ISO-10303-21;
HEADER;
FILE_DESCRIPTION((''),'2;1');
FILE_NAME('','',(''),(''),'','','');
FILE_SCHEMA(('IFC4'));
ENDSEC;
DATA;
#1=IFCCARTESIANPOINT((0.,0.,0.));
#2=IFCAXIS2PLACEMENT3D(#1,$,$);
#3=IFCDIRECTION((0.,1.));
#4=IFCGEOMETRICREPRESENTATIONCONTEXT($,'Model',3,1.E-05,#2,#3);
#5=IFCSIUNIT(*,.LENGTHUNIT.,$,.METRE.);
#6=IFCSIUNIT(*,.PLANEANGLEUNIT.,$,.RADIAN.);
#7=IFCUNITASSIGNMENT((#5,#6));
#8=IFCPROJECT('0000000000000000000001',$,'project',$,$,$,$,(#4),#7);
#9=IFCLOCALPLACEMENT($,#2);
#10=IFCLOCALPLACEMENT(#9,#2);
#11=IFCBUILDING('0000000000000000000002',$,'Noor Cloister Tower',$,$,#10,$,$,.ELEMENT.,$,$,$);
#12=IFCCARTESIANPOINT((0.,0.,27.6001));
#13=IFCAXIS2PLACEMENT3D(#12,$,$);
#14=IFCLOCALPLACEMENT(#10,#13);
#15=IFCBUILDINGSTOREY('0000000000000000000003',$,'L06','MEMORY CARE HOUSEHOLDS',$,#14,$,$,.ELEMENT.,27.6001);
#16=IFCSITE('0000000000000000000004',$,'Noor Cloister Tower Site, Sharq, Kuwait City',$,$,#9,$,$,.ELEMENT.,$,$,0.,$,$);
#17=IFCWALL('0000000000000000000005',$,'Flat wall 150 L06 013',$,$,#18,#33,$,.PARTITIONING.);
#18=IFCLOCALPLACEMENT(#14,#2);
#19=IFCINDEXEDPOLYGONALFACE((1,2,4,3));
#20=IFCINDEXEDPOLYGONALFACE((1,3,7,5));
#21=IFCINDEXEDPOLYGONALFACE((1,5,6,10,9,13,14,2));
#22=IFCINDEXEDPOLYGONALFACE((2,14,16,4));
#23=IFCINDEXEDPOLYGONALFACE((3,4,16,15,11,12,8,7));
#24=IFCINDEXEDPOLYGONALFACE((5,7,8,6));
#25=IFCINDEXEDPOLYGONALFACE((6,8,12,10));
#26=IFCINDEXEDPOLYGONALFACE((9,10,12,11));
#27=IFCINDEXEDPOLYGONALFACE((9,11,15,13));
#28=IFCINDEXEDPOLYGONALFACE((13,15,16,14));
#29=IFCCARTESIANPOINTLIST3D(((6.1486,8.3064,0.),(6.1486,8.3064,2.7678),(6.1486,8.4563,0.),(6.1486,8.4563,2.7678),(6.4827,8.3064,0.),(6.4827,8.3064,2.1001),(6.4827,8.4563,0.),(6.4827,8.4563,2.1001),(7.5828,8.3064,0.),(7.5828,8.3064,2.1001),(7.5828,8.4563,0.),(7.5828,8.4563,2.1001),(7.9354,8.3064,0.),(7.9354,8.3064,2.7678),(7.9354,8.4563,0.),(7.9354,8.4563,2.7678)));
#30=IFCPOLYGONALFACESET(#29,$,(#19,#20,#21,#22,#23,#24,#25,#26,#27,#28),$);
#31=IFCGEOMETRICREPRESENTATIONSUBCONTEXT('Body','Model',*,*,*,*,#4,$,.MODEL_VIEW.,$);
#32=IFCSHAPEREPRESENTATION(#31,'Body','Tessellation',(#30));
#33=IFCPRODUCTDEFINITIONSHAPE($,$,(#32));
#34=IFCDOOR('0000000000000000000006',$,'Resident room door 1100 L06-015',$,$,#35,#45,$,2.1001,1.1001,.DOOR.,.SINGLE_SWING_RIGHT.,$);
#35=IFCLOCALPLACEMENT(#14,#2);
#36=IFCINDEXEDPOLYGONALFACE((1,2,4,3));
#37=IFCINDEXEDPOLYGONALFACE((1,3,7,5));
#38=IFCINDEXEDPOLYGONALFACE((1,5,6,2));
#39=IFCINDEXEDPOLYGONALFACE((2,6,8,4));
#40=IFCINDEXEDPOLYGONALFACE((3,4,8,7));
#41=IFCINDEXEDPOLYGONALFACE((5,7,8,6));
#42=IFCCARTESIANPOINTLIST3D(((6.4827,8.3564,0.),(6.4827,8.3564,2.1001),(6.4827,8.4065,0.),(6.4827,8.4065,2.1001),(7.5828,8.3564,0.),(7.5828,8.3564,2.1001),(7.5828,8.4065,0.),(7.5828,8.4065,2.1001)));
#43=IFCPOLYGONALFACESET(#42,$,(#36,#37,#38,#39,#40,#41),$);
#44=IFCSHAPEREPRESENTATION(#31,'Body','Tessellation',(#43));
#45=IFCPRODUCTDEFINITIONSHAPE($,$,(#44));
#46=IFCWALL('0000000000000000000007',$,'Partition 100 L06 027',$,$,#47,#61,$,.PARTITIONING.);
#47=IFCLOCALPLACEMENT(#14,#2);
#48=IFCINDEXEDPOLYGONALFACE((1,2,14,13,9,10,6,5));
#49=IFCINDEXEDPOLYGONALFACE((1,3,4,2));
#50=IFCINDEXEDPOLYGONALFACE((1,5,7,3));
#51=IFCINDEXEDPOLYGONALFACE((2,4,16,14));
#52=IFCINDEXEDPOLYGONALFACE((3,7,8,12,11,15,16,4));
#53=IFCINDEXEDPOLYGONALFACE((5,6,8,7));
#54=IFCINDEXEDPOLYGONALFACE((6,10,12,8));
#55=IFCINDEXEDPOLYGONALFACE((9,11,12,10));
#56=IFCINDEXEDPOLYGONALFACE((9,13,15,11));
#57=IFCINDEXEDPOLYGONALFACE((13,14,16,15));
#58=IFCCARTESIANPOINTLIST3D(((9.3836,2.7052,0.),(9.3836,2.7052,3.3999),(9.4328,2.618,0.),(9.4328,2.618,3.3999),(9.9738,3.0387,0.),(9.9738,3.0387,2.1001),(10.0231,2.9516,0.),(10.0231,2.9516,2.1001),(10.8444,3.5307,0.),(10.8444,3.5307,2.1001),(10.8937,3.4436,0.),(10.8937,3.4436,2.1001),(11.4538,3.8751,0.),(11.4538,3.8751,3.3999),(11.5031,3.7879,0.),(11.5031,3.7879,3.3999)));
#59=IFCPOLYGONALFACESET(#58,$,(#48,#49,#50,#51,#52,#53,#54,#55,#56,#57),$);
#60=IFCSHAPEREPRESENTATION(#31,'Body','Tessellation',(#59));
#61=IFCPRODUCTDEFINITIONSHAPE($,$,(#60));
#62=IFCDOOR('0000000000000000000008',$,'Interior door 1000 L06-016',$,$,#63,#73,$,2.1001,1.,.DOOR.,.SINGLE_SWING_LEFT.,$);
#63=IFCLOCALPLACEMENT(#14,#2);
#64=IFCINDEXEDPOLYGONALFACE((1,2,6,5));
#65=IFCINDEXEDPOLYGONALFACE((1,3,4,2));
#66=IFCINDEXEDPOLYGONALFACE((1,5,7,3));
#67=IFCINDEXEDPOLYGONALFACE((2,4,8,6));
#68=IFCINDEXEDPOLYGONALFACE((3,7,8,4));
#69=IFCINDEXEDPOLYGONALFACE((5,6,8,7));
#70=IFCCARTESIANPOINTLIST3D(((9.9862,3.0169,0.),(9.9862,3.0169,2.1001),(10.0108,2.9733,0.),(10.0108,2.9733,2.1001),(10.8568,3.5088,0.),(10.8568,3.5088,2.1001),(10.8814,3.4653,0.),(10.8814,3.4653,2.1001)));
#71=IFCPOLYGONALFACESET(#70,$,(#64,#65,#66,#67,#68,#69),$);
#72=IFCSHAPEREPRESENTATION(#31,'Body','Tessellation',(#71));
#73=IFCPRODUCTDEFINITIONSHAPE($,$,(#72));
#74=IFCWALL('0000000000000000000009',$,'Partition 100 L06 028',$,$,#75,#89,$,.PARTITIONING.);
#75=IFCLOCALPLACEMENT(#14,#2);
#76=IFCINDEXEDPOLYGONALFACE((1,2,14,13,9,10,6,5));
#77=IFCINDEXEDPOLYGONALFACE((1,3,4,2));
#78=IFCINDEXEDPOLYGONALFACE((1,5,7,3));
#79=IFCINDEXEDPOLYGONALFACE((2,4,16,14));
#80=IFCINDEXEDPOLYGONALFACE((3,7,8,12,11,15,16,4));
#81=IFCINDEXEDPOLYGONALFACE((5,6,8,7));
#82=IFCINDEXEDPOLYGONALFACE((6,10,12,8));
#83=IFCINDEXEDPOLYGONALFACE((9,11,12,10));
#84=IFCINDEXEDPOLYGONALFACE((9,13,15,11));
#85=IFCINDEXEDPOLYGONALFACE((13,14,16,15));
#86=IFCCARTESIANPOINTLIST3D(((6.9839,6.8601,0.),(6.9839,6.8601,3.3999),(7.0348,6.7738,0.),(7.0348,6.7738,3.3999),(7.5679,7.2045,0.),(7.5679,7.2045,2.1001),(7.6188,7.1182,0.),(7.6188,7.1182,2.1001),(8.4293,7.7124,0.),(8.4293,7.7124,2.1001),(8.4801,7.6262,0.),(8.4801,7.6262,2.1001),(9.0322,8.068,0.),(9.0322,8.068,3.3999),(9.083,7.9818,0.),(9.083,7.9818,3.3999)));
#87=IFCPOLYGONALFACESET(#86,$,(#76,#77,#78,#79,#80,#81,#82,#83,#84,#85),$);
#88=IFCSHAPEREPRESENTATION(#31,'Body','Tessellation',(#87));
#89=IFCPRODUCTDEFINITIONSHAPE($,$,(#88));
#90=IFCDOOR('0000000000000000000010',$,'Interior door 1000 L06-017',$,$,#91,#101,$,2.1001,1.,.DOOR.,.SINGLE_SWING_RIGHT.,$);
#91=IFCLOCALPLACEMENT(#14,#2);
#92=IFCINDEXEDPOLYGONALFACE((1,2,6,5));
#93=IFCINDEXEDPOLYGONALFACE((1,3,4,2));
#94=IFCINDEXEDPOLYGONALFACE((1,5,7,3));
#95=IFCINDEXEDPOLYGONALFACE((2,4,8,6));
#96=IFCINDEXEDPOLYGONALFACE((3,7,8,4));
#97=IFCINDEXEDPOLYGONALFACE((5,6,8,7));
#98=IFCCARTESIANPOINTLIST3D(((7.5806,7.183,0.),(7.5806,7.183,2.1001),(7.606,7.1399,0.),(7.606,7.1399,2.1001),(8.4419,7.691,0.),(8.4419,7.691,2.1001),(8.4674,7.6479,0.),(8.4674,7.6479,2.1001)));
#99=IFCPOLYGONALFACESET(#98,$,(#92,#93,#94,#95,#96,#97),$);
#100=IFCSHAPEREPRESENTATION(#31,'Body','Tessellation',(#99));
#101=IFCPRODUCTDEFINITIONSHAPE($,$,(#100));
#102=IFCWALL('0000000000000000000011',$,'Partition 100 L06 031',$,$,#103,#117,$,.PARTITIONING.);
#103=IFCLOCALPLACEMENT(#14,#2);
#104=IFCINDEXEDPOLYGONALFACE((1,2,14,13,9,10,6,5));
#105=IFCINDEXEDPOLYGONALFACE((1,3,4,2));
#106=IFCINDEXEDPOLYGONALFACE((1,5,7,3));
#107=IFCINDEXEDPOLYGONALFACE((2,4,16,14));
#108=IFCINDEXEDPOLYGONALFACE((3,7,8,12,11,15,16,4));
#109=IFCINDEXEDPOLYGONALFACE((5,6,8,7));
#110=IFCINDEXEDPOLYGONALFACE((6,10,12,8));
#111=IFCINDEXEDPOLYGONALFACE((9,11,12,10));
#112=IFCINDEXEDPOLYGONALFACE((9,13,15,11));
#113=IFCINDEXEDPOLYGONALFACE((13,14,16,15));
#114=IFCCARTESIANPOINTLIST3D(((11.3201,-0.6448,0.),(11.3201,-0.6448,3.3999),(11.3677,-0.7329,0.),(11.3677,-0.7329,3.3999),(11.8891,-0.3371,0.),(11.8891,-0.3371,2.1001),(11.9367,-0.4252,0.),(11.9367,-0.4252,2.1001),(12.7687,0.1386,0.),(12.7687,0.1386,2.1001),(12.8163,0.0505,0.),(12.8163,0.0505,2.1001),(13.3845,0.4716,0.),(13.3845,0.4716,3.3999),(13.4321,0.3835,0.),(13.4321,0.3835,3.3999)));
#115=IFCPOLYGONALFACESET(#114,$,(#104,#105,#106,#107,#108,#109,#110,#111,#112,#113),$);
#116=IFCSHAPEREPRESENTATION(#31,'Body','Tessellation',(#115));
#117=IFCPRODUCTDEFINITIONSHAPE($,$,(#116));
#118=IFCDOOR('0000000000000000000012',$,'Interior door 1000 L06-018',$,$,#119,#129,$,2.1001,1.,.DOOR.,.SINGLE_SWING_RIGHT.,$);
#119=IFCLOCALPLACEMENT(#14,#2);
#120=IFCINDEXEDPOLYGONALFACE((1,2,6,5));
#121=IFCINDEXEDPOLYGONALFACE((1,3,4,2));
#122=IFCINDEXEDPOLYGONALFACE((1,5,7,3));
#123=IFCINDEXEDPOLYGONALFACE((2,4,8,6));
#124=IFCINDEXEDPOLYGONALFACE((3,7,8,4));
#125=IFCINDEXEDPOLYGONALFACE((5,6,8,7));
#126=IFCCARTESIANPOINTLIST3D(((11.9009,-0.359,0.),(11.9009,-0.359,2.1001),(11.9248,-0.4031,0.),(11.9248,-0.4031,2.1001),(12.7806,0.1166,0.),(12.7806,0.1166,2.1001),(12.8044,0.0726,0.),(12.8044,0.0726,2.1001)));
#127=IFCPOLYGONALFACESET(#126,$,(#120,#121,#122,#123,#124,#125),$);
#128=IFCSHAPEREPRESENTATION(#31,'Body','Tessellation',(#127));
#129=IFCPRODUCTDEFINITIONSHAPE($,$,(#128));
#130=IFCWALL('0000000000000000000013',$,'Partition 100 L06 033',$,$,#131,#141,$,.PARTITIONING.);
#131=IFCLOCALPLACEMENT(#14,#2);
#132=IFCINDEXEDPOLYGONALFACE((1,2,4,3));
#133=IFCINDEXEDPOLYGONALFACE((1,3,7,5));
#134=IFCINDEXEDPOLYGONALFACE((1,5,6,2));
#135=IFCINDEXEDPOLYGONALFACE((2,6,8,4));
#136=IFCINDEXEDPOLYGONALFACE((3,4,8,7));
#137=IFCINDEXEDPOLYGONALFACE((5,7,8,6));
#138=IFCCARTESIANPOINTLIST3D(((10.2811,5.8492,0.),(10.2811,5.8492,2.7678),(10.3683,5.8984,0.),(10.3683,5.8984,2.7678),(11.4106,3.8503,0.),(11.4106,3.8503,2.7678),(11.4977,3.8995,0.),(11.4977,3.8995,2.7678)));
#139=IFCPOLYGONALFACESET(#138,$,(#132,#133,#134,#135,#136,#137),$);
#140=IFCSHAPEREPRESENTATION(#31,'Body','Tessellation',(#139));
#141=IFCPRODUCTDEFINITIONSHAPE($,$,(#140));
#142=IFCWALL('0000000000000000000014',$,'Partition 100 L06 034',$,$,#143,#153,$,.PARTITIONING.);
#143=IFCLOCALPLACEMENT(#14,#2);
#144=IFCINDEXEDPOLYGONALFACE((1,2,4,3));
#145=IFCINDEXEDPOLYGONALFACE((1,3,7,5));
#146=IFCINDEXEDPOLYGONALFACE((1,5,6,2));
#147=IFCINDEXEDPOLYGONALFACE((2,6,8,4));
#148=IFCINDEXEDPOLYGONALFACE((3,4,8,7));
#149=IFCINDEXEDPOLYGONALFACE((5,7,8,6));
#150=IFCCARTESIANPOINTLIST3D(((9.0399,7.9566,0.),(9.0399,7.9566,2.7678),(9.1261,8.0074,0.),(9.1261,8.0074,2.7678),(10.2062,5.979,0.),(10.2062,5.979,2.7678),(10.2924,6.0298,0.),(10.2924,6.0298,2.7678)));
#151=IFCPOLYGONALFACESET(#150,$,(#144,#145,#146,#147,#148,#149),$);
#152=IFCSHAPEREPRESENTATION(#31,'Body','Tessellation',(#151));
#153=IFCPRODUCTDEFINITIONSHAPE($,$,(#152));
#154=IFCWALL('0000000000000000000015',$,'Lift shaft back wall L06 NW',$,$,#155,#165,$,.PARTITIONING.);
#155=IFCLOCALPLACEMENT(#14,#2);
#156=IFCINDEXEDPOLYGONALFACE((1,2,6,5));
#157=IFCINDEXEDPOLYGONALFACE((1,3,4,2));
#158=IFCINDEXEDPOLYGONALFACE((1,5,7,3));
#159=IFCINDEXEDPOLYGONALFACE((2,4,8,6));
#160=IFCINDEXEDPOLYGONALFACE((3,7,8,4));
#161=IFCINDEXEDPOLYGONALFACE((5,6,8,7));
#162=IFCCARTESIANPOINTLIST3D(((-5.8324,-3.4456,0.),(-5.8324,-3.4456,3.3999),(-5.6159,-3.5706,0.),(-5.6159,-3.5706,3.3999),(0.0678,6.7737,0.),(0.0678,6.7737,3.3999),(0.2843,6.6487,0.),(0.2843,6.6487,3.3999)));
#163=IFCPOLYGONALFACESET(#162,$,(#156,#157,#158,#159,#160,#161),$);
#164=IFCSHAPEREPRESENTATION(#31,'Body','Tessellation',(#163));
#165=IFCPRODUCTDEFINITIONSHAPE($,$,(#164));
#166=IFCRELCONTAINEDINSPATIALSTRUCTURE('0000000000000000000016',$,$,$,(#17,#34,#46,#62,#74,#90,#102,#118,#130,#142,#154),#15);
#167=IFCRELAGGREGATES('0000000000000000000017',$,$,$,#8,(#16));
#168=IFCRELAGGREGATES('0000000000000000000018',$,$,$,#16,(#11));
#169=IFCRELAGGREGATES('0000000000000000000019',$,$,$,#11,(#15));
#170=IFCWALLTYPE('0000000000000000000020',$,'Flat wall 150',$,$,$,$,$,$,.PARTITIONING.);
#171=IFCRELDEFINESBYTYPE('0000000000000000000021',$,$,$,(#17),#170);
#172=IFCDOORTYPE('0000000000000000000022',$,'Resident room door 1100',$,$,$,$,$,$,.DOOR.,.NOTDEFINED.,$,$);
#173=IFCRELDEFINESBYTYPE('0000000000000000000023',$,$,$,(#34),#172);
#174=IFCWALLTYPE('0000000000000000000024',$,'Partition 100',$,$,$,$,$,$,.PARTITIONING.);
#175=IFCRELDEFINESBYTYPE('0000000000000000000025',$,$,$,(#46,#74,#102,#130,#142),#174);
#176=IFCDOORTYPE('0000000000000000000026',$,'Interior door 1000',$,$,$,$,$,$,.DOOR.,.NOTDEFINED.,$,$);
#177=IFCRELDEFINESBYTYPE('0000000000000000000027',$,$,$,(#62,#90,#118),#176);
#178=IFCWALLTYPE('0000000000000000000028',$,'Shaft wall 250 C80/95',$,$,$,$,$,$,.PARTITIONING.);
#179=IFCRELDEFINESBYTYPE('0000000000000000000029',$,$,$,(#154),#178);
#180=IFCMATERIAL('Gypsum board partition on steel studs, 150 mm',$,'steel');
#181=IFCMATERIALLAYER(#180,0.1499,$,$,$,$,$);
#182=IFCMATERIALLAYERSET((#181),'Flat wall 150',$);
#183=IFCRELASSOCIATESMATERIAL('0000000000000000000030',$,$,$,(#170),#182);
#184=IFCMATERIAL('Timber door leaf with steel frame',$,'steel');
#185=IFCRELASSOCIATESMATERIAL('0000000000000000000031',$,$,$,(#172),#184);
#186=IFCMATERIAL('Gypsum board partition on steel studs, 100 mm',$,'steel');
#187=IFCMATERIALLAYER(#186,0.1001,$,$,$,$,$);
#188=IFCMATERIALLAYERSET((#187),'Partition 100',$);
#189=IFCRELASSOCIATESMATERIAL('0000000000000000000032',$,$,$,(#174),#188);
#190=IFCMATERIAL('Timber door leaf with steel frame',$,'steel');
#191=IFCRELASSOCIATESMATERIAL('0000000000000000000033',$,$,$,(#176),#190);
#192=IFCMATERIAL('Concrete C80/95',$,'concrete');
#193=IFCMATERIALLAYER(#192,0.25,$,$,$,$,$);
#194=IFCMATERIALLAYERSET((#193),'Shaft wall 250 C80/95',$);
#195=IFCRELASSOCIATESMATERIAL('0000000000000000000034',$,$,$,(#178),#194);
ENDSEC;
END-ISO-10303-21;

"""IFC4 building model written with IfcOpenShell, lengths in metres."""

from ifc_helpers import new_model, si_unit, direction, frame, frame_2d, origin, place, context, subcontext, project, spatial, rectangle, extrude, material, layer, layer_set, type_object, element, fill, save


model = new_model("IFC4")

# Units and contexts
model_context = context("Model", 3, precision=1e-05, world=origin(), true_north=direction((0.0, 1.0)))
body_context = subcontext(model_context, "Body", "Model", "MODEL_VIEW")
ifc_project = project(units=[si_unit("LENGTHUNIT", "METRE"), si_unit("PLANEANGLEUNIT", "RADIAN")], contexts=[model_context])

# Site, building, storey
site_placement = place(None, origin())
site = spatial("IfcSite", under=ifc_project, at=site_placement, Name="Noor Cloister Tower Site, Sharq, Kuwait City", CompositionType="ELEMENT", RefElevation=0.0)
building_placement = place(site_placement, origin())
building = spatial("IfcBuilding", under=site, at=building_placement, Name="Noor Cloister Tower", CompositionType="ELEMENT")
storey_placement = place(building_placement, frame((0.0, 0.0, 27.6001)))
storey = spatial("IfcBuildingStorey", under=building, at=storey_placement, Name="L06", Description="MEMORY CARE HOUSEHOLDS", CompositionType="ELEMENT", Elevation=27.6001)

# Shared definitions
ifc_material_1 = material(Name="Gypsum board partition on steel studs, 150 mm", Category="steel")
ifc_layer_1 = layer(ifc_material_1, 0.1499)
ifc_layer_set_1 = layer_set([ifc_layer_1], Name="Flat wall 150")
wall_type_1 = type_object("IfcWallType", Name="Flat wall 150", PredefinedType="PARTITIONING", material=ifc_layer_set_1)
ifc_material_2 = material(Name="Timber door leaf with steel frame", Category="steel")
door_type_1 = type_object("IfcDoorType", Name="Resident room door 1100", OperationType="NOTDEFINED", PredefinedType="DOOR", material=ifc_material_2)

# Walls, openings, doors
wall_1_placement = place(storey_placement, frame((7.9355, 8.3813, 0.0), z_axis=(0.0, 0.0, 1.0), x_axis=(-1.0, 0.0, 0.0)))
wall_1 = element("IfcWall", 1, at=wall_1_placement, inside=storey, type_object=wall_type_1, Name="Flat wall 150 L06 013", PredefinedType="PARTITIONING", context=body_context, shape_type="SweptSolid", body=[
    extrude(rectangle(XDim=1.7869, YDim=0.1499, at=frame_2d((0.8936, 0.0))), origin(), (0.0, 0.0, 1.0), 2.7678),
])
opening_1_placement = place(wall_1_placement, frame((0.3528, 0.0, 0.0)))
opening_1 = element("IfcOpeningElement", 2, at=opening_1_placement, cuts=wall_1, PredefinedType="OPENING", context=body_context, shape_type="SweptSolid", body=[
    extrude(rectangle(XDim=1.1001, YDim=2.1001, at=frame_2d((0.55, 1.05))), frame((0.0, 0.085, 0.0), z_axis=(0.0, -1.0, 0.0), x_axis=(1.0, 0.0, 0.0)), (0.0, 0.0, 1.0), 0.1699),
])
door_1_placement = place(opening_1_placement, origin())
door_1 = element("IfcDoor", 3, at=door_1_placement, inside=storey, type_object=door_type_1, Name="Resident room door 1100 L06-015", OperationType="SINGLE_SWING_RIGHT", OverallHeight=2.1001, OverallWidth=1.1001, PredefinedType="DOOR", context=body_context, shape_type="SweptSolid", body=[
    extrude(rectangle(XDim=1.1001, YDim=2.1001, at=frame_2d((0.55, 1.05))), frame((0.0, 0.0249, 0.0), z_axis=(0.0, -1.0, 0.0), x_axis=(1.0, 0.0, 0.0)), (0.0, 0.0, 1.0), 0.05),
])
fill(opening_1, door_1)
ifc_material_3 = material(Name="Gypsum board partition on steel studs, 100 mm", Category="steel")
ifc_layer_2 = layer(ifc_material_3, 0.1001)
ifc_layer_set_2 = layer_set([ifc_layer_2], Name="Partition 100")
wall_type_2 = type_object("IfcWallType", Name="Partition 100", PredefinedType="PARTITIONING", material=ifc_layer_set_2)
wall_2_placement = place(storey_placement, frame((9.4082, 2.6616, 0.0), z_axis=(0.0, 0.0, 1.0), x_axis=(0.870609, 0.491976, 0.0)))
wall_2 = element("IfcWall", 4, at=wall_2_placement, inside=storey, type_object=wall_type_2, Name="Partition 100 L06 027", PredefinedType="PARTITIONING", context=body_context, shape_type="SweptSolid", body=[
    extrude(rectangle(XDim=2.3779, YDim=0.1001, at=frame_2d((1.189, 0.0))), origin(), (0.0, 0.0, 1.0), 3.3999),
])
opening_2_placement = place(wall_2_placement, frame((0.678, 0.0, 0.0)))
opening_2 = element("IfcOpeningElement", 5, at=opening_2_placement, cuts=wall_2, PredefinedType="OPENING", context=body_context, shape_type="SweptSolid", body=[
    extrude(rectangle(XDim=1.0, YDim=2.1001, at=frame_2d((0.5, 1.05))), frame((0.0, 0.0601, 0.0), z_axis=(0.0, -1.0, 0.0), x_axis=(1.0, 0.0, 0.0)), (0.0, 0.0, 1.0), 0.1201),
])
ifc_material_4 = material(Name="Timber door leaf with steel frame", Category="steel")
door_type_2 = type_object("IfcDoorType", Name="Interior door 1000", OperationType="NOTDEFINED", PredefinedType="DOOR", material=ifc_material_4)
door_2_placement = place(opening_2_placement, origin())
door_2 = element("IfcDoor", 6, at=door_2_placement, inside=storey, type_object=door_type_2, Name="Interior door 1000 L06-016", OperationType="SINGLE_SWING_LEFT", OverallHeight=2.1001, OverallWidth=1.0, PredefinedType="DOOR", context=body_context, shape_type="SweptSolid", body=[
    extrude(rectangle(XDim=1.0, YDim=2.1001, at=frame_2d((0.5, 1.05))), frame((0.0, 0.0249, 0.0), z_axis=(0.0, -1.0, 0.0), x_axis=(1.0, 0.0, 0.0)), (0.0, 0.0, 1.0), 0.05),
])
fill(opening_2, door_2)
wall_3_placement = place(storey_placement, frame((9.0576, 8.0249, 0.0), z_axis=(0.0, 0.0, 1.0), x_axis=(-0.861364, -0.507989, 0.0)))
wall_3 = element("IfcWall", 7, at=wall_3_placement, inside=storey, type_object=wall_type_2, Name="Partition 100 L06 028", PredefinedType="PARTITIONING", context=body_context, shape_type="SweptSolid", body=[
    extrude(rectangle(XDim=2.3779, YDim=0.1001, at=frame_2d((1.189, 0.0))), origin(), (0.0, 0.0, 1.0), 3.3999),
])
opening_3_placement = place(wall_3_placement, frame((0.7, 0.0, 0.0)))
opening_3 = element("IfcOpeningElement", 8, at=opening_3_placement, cuts=wall_3, PredefinedType="OPENING", context=body_context, shape_type="SweptSolid", body=[
    extrude(rectangle(XDim=1.0, YDim=2.1001, at=frame_2d((0.5, 1.05))), frame((0.0, 0.0601, 0.0), z_axis=(0.0, -1.0, 0.0), x_axis=(1.0, 0.0, 0.0)), (0.0, 0.0, 1.0), 0.1201),
])
door_3_placement = place(opening_3_placement, origin())
door_3 = element("IfcDoor", 9, at=door_3_placement, inside=storey, type_object=door_type_2, Name="Interior door 1000 L06-017", OperationType="SINGLE_SWING_RIGHT", OverallHeight=2.1001, OverallWidth=1.0, PredefinedType="DOOR", context=body_context, shape_type="SweptSolid", body=[
    extrude(rectangle(XDim=1.0, YDim=2.1001, at=frame_2d((0.5, 1.05))), frame((0.0, 0.0249, 0.0), z_axis=(0.0, -1.0, 0.0), x_axis=(1.0, 0.0, 0.0)), (0.0, 0.0, 1.0), 0.05),
])
fill(opening_3, door_3)
wall_4_placement = place(storey_placement, frame((13.4082, 0.4275, 0.0), z_axis=(0.0, 0.0, 1.0), x_axis=(-0.879611, -0.475693, 0.0)))
wall_4 = element("IfcWall", 10, at=wall_4_placement, inside=storey, type_object=wall_type_2, Name="Partition 100 L06 031", PredefinedType="PARTITIONING", context=body_context, shape_type="SweptSolid", body=[
    extrude(rectangle(XDim=2.3469, YDim=0.1001, at=frame_2d((1.1733, 0.0))), origin(), (0.0, 0.0, 1.0), 3.3999),
])
opening_4_placement = place(wall_4_placement, frame((0.7, 0.0, 0.0)))
opening_4 = element("IfcOpeningElement", 11, at=opening_4_placement, cuts=wall_4, PredefinedType="OPENING", context=body_context, shape_type="SweptSolid", body=[
    extrude(rectangle(XDim=1.0, YDim=2.1001, at=frame_2d((0.5, 1.05))), frame((0.0, 0.0601, 0.0), z_axis=(0.0, -1.0, 0.0), x_axis=(1.0, 0.0, 0.0)), (0.0, 0.0, 1.0), 0.1201),
])
door_4_placement = place(opening_4_placement, origin())
door_4 = element("IfcDoor", 12, at=door_4_placement, inside=storey, type_object=door_type_2, Name="Interior door 1000 L06-018", OperationType="SINGLE_SWING_RIGHT", OverallHeight=2.1001, OverallWidth=1.0, PredefinedType="DOOR", context=body_context, shape_type="SweptSolid", body=[
    extrude(rectangle(XDim=1.0, YDim=2.1001, at=frame_2d((0.5, 1.05))), frame((0.0, 0.0249, 0.0), z_axis=(0.0, -1.0, 0.0), x_axis=(1.0, 0.0, 0.0)), (0.0, 0.0, 1.0), 0.05),
])
fill(opening_4, door_4)

# Walls
for number, where, z_axis, x_axis, name in (
    (13, (10.3247, 5.8738, 0.0), (0.0, 0.0, 1.0), (0.491942, -0.870628, 0.0), "Partition 100 L06 033"),
    (14, (10.2493, 6.0044, 0.0), (0.0, 0.0, 1.0), (-0.507991, 0.861362, 0.0), "Partition 100 L06 034"),
):
    element("IfcWall", number, at=place(storey_placement, frame(where, z_axis=z_axis, x_axis=x_axis)), inside=storey, type_object=wall_type_2, Name=name, PredefinedType="PARTITIONING", context=body_context, shape_type="SweptSolid", body=[
        extrude(rectangle(XDim=2.2959, YDim=0.1001, at=frame_2d((1.1479, 0.0))), origin(), (0.0, 0.0, 1.0), 2.7678),
    ])
ifc_material_5 = material(Name="Concrete C80/95", Category="concrete")
ifc_layer_3 = layer(ifc_material_5, 0.25)
ifc_layer_set_3 = layer_set([ifc_layer_3], Name="Shaft wall 250 C80/95")
wall_type_3 = type_object("IfcWallType", Name="Shaft wall 250 C80/95", PredefinedType="PARTITIONING", material=ifc_layer_set_3)
wall_5_placement = place(storey_placement, frame((0.176, 6.7112, 0.0), z_axis=(0.0, 0.0, 1.0), x_axis=(-0.500004, -0.866023, 0.0)))
element("IfcWall", 15, at=wall_5_placement, inside=storey, type_object=wall_type_3, Name="Lift shaft back wall L06 NW", PredefinedType="PARTITIONING", context=body_context, shape_type="SweptSolid", body=[
    extrude(rectangle(XDim=11.8003, YDim=0.25, at=frame_2d((5.9001, 0.0))), origin(), (0.0, 0.0, 1.0), 3.3999),
])

save(model, "model.ifc")
